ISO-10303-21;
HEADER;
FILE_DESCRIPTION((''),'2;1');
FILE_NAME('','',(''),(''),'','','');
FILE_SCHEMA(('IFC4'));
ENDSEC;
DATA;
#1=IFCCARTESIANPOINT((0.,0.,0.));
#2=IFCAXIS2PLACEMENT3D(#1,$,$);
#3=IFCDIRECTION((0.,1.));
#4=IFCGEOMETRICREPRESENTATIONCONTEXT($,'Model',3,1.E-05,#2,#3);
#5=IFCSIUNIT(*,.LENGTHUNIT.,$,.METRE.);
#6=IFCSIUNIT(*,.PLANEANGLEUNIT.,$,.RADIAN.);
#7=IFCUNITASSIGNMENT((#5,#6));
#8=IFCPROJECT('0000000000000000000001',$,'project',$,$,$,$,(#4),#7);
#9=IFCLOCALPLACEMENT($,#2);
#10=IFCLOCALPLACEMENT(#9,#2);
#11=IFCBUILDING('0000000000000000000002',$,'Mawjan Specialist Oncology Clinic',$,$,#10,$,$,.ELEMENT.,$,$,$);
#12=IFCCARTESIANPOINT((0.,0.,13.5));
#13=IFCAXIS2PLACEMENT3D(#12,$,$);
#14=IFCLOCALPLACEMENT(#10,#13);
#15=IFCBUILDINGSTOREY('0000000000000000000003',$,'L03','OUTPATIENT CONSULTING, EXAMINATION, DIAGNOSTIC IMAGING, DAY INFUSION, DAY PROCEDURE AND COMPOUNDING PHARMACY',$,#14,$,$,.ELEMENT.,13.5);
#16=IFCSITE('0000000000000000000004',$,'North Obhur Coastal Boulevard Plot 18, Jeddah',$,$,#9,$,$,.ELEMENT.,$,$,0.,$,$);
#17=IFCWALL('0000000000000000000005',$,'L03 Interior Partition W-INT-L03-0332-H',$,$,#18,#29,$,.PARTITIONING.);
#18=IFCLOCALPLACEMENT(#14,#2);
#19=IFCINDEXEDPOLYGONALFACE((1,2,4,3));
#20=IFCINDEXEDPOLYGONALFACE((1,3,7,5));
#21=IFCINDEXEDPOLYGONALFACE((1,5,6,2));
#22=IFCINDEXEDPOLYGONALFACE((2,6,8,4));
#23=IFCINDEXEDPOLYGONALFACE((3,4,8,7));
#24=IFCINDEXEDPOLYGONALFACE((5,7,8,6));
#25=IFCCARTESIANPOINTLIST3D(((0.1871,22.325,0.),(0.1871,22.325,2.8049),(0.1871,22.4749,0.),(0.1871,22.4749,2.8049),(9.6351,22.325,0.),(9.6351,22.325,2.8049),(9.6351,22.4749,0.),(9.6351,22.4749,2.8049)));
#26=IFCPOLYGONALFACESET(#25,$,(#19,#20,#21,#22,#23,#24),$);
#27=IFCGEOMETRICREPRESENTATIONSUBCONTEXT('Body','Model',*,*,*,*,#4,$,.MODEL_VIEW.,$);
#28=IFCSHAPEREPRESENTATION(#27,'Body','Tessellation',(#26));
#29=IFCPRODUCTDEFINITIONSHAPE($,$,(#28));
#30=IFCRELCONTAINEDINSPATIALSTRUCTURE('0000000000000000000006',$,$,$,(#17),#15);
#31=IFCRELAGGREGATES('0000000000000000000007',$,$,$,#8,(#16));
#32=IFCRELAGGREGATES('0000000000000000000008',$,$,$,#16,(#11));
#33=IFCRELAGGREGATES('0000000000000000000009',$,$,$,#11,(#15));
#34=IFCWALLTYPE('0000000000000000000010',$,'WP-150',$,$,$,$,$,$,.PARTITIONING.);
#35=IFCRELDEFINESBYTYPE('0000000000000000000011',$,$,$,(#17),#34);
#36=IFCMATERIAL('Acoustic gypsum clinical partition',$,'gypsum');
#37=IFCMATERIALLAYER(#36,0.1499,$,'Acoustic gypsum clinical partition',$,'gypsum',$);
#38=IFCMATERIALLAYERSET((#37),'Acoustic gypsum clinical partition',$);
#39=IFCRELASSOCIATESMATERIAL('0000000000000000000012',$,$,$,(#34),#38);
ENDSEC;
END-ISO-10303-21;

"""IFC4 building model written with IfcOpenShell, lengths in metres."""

from ifc_helpers import new_model, si_unit, direction, frame, frame_2d, origin, place, context, subcontext, project, spatial, rectangle, extrude, material, layer, layer_set, type_object, element, save


model = new_model("IFC4")

# Units and contexts
model_context = context("Model", 3, precision=1e-05, world=origin(), true_north=direction((0.0, 1.0)))
body_context = subcontext(model_context, "Body", "Model", "MODEL_VIEW")
ifc_project = project(units=[si_unit("LENGTHUNIT", "METRE"), si_unit("PLANEANGLEUNIT", "RADIAN")], contexts=[model_context])

# Site, building, storey
site_placement = place(None, origin())
site = spatial("IfcSite", under=ifc_project, at=site_placement, Name="North Obhur Coastal Boulevard Plot 18, Jeddah", CompositionType="ELEMENT", RefElevation=0.0)
building_placement = place(site_placement, origin())
building = spatial("IfcBuilding", under=site, at=building_placement, Name="Mawjan Specialist Oncology Clinic", CompositionType="ELEMENT")
storey_placement = place(building_placement, frame((0.0, 0.0, 13.5)))
storey = spatial("IfcBuildingStorey", under=building, at=storey_placement, Name="L03", Description="OUTPATIENT CONSULTING, EXAMINATION, DIAGNOSTIC IMAGING, DAY INFUSION, DAY PROCEDURE AND COMPOUNDING PHARMACY", CompositionType="ELEMENT", Elevation=13.5)

# Wall
ifc_material_1 = material(Name="Acoustic gypsum clinical partition", Category="gypsum")
ifc_layer_1 = layer(ifc_material_1, 0.1499, Name="Acoustic gypsum clinical partition", Category="gypsum")
ifc_layer_set_1 = layer_set([ifc_layer_1], Name="Acoustic gypsum clinical partition")
wall_type_1 = type_object("IfcWallType", Name="WP-150", PredefinedType="PARTITIONING", material=ifc_layer_set_1)
wall_1_placement = place(storey_placement, frame((0.187, 22.3999, 0.0), z_axis=(0.0, 0.0, 1.0), x_axis=(1.0, 0.0, 0.0)))
element("IfcWall", 1, at=wall_1_placement, inside=storey, type_object=wall_type_1, Name="L03 Interior Partition W-INT-L03-0332-H", PredefinedType="PARTITIONING", context=body_context, shape_type="SweptSolid", body=[
    extrude(rectangle(XDim=9.448, YDim=0.1499, at=frame_2d((4.7241, 0.0))), origin(), (0.0, 0.0, 1.0), 2.8049),
])

save(model, "model.ifc")
